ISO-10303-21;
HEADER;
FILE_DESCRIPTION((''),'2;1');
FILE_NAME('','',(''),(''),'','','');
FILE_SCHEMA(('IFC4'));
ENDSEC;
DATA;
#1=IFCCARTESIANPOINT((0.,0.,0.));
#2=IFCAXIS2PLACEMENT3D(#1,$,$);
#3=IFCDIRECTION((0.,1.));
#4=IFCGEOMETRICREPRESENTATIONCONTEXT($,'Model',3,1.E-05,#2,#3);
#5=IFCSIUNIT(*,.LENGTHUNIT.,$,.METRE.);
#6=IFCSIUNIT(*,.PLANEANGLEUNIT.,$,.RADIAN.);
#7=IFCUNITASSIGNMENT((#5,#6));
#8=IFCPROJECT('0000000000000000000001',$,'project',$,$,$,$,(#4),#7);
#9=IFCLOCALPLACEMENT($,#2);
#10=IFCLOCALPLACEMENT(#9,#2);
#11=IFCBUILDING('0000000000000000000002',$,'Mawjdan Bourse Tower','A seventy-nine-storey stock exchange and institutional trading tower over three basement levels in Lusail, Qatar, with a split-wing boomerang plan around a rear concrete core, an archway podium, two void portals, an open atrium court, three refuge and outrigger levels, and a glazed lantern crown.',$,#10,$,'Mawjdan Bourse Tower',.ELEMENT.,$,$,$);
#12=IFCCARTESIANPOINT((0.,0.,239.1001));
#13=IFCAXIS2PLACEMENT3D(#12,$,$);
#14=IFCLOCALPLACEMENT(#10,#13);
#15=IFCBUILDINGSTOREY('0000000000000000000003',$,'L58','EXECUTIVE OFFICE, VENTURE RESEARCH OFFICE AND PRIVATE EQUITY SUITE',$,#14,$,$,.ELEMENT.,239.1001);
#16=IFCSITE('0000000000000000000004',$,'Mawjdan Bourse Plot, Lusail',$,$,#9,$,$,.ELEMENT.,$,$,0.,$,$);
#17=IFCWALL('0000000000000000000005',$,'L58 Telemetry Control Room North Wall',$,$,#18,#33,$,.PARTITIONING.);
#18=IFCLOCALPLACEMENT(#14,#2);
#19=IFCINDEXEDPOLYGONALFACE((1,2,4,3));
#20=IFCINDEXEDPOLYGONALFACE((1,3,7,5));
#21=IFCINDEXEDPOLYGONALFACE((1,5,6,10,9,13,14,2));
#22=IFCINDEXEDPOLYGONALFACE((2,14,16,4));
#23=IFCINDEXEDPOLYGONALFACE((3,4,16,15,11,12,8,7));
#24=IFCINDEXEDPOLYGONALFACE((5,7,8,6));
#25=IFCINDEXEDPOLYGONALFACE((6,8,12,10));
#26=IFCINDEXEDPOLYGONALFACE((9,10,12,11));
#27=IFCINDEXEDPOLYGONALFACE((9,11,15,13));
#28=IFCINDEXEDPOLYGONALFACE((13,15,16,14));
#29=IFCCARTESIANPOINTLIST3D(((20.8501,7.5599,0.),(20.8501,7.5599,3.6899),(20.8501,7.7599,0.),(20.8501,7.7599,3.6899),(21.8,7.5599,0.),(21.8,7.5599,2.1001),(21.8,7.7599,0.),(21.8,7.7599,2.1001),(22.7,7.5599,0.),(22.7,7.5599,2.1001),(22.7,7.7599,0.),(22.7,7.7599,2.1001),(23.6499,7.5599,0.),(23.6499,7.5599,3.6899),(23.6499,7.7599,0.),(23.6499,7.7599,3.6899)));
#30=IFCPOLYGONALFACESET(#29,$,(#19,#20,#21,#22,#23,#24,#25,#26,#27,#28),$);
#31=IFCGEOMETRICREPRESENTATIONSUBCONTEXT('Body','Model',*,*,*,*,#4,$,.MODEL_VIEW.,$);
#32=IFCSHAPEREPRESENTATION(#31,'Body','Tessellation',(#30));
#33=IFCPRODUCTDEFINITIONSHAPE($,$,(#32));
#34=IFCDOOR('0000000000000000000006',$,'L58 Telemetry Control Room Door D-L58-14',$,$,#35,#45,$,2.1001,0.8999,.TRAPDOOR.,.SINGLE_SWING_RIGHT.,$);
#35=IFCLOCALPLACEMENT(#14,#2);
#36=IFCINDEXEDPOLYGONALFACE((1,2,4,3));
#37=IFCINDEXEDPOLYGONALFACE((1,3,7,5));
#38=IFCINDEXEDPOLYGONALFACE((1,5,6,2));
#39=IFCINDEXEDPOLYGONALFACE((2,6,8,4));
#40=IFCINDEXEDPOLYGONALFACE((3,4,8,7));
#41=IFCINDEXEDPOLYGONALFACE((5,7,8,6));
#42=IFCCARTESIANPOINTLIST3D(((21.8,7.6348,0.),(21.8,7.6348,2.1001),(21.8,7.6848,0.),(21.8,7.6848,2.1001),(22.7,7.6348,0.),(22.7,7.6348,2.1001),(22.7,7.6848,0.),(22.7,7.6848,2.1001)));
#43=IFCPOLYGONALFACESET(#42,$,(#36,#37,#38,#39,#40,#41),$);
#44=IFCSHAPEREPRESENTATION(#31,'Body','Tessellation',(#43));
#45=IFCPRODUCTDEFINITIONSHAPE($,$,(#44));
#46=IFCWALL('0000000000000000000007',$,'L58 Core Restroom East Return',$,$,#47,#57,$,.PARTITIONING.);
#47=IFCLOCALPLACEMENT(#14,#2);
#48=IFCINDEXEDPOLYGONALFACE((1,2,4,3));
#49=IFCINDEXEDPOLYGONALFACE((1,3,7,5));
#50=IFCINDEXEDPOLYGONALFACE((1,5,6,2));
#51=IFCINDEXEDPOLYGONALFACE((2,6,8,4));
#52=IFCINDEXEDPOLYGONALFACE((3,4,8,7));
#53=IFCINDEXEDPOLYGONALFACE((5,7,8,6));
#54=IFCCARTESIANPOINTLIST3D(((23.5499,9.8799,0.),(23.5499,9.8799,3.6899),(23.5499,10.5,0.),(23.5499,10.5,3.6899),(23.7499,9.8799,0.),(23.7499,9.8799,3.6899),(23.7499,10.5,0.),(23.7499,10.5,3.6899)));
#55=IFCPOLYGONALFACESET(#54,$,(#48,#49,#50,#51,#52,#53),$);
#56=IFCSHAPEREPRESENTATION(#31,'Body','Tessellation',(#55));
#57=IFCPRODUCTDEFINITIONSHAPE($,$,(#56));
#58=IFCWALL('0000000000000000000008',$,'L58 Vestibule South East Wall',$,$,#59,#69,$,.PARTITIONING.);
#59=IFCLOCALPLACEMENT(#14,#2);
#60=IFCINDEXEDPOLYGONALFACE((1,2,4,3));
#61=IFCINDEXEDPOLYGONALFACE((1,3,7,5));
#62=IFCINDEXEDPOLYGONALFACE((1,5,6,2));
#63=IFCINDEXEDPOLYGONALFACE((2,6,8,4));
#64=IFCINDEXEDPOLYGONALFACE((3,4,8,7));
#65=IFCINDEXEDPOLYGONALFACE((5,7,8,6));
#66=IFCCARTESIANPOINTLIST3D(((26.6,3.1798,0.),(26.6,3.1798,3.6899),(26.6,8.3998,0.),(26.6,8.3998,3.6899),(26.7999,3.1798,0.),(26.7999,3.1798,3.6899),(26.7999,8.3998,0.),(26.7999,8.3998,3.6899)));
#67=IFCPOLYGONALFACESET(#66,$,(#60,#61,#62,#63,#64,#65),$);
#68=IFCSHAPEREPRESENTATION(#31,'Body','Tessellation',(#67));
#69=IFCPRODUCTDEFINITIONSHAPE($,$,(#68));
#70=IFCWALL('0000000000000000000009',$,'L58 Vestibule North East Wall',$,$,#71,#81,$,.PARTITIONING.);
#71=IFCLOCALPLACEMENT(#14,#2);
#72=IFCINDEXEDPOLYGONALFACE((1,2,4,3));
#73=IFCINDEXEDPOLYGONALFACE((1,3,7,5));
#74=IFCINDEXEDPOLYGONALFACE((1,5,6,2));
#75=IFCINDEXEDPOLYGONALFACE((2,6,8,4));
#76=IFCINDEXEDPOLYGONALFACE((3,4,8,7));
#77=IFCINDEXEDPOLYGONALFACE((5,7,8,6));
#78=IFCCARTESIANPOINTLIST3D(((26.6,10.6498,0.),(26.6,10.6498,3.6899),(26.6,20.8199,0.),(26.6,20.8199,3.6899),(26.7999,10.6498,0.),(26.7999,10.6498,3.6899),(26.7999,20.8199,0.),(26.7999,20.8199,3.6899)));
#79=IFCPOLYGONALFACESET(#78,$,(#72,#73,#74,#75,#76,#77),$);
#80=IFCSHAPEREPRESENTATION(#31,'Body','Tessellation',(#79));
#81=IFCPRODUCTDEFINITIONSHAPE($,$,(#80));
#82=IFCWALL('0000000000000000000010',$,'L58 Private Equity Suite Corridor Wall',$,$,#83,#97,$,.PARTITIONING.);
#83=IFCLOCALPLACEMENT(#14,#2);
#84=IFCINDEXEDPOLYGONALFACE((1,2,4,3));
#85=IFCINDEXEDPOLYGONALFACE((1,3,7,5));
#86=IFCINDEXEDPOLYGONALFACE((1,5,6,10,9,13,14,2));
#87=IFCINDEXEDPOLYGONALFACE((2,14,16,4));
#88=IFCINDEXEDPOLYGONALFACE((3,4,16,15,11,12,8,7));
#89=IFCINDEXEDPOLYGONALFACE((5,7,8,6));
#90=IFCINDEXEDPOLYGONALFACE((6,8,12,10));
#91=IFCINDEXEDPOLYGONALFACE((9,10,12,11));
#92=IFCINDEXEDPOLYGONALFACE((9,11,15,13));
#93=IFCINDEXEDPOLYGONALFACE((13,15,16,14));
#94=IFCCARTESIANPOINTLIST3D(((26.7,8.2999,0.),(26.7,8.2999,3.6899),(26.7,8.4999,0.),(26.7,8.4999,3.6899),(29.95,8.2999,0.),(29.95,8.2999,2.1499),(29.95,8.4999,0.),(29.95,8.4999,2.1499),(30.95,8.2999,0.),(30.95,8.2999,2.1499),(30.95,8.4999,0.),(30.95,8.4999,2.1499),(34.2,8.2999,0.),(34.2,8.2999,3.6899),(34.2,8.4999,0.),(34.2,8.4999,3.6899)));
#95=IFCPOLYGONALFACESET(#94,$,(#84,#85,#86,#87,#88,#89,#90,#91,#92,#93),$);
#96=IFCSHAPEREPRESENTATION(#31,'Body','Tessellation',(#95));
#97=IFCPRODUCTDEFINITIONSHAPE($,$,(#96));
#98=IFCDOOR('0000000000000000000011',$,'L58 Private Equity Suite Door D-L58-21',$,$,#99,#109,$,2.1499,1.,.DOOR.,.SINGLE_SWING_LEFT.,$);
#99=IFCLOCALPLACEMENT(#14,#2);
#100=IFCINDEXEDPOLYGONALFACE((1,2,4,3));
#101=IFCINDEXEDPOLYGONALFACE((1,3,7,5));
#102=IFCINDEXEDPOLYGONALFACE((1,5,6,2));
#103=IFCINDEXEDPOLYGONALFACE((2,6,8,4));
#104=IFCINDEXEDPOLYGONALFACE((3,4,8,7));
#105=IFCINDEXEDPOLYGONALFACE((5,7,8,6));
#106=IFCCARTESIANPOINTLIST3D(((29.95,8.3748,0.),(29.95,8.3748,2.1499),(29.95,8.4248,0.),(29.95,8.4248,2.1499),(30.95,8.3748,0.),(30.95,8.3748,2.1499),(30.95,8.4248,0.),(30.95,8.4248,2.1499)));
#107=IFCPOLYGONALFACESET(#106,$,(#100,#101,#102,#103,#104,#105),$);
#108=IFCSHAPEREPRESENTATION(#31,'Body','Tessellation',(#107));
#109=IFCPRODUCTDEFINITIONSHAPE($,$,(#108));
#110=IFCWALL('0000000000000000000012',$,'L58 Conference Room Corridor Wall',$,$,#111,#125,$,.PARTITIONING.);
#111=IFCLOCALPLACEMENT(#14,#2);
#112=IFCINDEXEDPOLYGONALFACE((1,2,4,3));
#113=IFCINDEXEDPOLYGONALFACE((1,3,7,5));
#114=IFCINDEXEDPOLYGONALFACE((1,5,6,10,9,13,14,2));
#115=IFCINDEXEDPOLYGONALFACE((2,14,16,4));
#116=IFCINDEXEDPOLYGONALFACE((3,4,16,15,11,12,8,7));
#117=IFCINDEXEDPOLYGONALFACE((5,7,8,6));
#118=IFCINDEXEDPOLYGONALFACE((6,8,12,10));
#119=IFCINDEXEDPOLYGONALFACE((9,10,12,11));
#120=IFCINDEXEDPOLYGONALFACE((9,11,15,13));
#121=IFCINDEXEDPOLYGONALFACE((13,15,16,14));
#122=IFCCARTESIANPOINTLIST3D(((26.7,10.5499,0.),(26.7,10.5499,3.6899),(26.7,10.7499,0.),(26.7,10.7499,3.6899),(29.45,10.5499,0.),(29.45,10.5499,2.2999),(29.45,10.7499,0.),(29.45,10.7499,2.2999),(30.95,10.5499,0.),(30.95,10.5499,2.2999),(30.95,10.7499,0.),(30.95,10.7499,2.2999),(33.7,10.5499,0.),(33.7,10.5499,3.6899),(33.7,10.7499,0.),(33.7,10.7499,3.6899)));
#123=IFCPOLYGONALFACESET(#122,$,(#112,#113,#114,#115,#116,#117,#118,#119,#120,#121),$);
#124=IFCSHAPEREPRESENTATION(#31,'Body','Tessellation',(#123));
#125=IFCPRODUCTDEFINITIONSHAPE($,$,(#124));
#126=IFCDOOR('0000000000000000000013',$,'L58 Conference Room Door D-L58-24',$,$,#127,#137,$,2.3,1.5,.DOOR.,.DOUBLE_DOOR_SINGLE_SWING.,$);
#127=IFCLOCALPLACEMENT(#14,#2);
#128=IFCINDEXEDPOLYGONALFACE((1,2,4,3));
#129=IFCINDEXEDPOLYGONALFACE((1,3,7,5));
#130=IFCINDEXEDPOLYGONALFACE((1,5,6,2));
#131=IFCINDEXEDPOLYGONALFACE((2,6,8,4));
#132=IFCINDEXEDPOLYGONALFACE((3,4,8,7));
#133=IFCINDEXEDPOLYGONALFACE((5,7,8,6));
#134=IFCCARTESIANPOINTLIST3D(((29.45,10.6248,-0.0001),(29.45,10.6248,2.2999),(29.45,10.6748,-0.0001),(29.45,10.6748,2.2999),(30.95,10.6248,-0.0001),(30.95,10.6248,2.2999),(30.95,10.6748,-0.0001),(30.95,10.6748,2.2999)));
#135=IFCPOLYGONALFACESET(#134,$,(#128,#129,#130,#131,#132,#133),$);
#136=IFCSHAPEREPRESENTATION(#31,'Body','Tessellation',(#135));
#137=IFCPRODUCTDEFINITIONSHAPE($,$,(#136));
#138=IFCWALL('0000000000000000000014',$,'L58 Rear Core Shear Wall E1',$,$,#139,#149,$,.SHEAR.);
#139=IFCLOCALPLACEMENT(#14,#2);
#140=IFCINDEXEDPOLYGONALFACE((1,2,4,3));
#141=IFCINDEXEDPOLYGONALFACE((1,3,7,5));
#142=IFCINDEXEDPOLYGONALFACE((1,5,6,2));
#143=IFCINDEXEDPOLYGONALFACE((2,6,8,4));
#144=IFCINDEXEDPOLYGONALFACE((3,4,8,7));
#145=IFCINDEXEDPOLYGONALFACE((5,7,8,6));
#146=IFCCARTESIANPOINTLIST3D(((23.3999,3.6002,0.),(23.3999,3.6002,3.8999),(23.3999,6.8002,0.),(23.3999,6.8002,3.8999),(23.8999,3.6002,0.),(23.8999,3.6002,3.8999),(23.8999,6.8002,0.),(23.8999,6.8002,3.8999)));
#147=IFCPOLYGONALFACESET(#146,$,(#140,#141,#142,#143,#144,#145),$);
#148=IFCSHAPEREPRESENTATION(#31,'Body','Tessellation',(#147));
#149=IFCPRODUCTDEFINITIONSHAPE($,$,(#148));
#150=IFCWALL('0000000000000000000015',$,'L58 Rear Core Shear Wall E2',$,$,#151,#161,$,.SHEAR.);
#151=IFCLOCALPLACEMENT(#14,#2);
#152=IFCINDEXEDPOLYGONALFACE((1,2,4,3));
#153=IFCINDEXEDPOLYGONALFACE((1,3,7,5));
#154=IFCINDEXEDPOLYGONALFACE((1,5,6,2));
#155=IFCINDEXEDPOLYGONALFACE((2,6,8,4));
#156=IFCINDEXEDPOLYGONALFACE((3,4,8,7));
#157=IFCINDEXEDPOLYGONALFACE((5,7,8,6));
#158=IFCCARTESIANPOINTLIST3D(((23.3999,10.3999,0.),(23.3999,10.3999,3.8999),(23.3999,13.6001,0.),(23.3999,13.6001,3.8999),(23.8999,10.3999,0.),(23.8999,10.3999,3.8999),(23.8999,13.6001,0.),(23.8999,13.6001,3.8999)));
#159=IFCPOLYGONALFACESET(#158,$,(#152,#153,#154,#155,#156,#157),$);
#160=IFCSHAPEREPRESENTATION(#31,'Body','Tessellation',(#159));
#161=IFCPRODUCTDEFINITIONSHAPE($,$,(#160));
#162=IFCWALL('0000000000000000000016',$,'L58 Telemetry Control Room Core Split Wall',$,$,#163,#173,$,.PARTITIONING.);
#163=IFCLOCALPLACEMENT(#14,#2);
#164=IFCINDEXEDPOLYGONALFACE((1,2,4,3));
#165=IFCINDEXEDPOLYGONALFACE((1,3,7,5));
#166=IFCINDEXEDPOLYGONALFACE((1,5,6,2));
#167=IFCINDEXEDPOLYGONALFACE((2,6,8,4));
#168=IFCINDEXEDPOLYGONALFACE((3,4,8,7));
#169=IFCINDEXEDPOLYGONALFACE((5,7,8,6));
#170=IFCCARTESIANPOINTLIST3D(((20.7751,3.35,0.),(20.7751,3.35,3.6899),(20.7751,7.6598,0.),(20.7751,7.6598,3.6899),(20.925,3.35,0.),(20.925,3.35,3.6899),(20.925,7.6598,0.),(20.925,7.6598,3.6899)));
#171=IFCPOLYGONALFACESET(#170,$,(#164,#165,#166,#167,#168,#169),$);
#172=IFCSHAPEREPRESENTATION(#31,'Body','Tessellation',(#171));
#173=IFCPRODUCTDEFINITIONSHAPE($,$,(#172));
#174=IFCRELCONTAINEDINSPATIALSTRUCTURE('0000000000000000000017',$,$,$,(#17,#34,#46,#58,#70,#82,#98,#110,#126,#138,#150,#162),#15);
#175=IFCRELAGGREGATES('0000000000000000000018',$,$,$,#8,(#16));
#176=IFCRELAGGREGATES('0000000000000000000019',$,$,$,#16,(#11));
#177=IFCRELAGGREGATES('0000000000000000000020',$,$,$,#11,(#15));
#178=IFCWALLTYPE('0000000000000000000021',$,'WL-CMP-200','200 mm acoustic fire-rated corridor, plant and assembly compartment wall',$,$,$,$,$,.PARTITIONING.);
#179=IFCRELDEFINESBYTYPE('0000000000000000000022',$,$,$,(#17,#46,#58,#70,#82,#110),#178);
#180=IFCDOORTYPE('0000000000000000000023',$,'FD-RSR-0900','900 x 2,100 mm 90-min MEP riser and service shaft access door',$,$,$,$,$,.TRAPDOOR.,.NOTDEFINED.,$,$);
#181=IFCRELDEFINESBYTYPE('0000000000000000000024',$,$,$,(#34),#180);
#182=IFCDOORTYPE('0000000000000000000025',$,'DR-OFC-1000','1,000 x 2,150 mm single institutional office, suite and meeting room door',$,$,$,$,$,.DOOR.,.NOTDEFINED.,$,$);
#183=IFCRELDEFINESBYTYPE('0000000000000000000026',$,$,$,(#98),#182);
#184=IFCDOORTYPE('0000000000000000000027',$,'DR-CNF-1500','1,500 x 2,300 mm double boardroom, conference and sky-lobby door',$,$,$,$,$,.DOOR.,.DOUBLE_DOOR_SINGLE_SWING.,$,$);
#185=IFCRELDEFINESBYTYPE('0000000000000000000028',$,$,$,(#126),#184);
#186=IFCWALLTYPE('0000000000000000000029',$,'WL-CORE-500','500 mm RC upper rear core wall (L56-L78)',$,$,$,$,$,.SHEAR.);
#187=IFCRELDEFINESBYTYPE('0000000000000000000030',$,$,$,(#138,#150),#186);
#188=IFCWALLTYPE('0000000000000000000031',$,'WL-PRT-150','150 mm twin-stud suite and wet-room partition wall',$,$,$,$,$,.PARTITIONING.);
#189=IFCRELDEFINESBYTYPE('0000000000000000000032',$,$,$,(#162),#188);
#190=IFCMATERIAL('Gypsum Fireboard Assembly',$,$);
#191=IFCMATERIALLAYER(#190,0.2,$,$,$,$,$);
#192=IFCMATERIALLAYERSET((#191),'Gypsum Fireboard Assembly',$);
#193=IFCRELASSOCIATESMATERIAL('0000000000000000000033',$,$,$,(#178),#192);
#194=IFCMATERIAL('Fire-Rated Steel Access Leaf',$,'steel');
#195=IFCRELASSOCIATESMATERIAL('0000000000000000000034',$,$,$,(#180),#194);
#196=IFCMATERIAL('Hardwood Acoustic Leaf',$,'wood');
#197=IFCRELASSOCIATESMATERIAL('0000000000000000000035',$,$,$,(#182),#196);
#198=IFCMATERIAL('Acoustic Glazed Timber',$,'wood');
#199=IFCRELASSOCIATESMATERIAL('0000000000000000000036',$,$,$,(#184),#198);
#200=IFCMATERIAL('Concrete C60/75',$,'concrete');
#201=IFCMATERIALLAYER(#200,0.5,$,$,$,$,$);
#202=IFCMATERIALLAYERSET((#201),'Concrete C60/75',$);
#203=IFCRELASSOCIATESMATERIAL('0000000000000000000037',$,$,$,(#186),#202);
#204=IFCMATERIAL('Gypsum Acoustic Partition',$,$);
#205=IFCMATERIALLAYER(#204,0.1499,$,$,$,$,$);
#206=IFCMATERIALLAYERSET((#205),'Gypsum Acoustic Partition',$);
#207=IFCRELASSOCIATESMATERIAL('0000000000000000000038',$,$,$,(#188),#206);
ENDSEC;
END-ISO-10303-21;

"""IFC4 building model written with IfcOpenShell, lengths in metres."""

from ifc_helpers import new_model, si_unit, direction, frame, frame_2d, origin, place, context, subcontext, project, spatial, rectangle, extrude, material, layer, layer_set, type_object, element, fill, save


model = new_model("IFC4")

# Units and contexts
model_context = context("Model", 3, precision=1e-05, world=origin(), true_north=direction((0.0, 1.0)))
body_context = subcontext(model_context, "Body", "Model", "MODEL_VIEW")
ifc_project = project(units=[si_unit("LENGTHUNIT", "METRE"), si_unit("PLANEANGLEUNIT", "RADIAN")], contexts=[model_context])

# Site, building, storey
site_placement = place(None, origin())
site = spatial("IfcSite", under=ifc_project, at=site_placement, Name="Mawjdan Bourse Plot, Lusail", CompositionType="ELEMENT", RefElevation=0.0)
building_placement = place(site_placement, origin())
building = spatial("IfcBuilding", under=site, at=building_placement, Name="Mawjdan Bourse Tower", Description="A seventy-nine-storey stock exchange and institutional trading tower over three basement levels in Lusail, Qatar, with a split-wing boomerang plan around a rear concrete core, an archway podium, two void portals, an open atrium court, three refuge and outrigger levels, and a glazed lantern crown.", LongName="Mawjdan Bourse Tower", CompositionType="ELEMENT")
storey_placement = place(building_placement, frame((0.0, 0.0, 239.1001)))
storey = spatial("IfcBuildingStorey", under=building, at=storey_placement, Name="L58", Description="EXECUTIVE OFFICE, VENTURE RESEARCH OFFICE AND PRIVATE EQUITY SUITE", CompositionType="ELEMENT", Elevation=239.1001)

# Shared definitions
ifc_material_1 = material(Name="Concrete C60/75", Category="concrete")

# Wall, opening, door
ifc_material_2 = material(Name="Gypsum Fireboard Assembly")
ifc_layer_1 = layer(ifc_material_2, 0.2)
ifc_layer_set_1 = layer_set([ifc_layer_1], Name="Gypsum Fireboard Assembly")
wall_type_1 = type_object("IfcWallType", Name="WL-CMP-200", Description="200 mm acoustic fire-rated corridor, plant and assembly compartment wall", PredefinedType="PARTITIONING", material=ifc_layer_set_1)
wall_1_placement = place(storey_placement, frame((20.8501, 7.6599, 0.0), z_axis=(0.0, 0.0, 1.0), x_axis=(1.0, 0.0, 0.0)))
wall_1 = element("IfcWall", 1, at=wall_1_placement, inside=storey, type_object=wall_type_1, Name="L58 Telemetry Control Room North Wall", PredefinedType="PARTITIONING", context=body_context, shape_type="SweptSolid", body=[
    extrude(rectangle(XDim=2.7998, YDim=0.2, at=frame_2d((1.3999, 0.0))), origin(), (0.0, 0.0, 1.0), 3.6899),
])
opening_1_placement = place(wall_1_placement, frame((0.95, 0.0, 0.0)))
opening_1 = element("IfcOpeningElement", 2, at=opening_1_placement, cuts=wall_1, PredefinedType="OPENING", context=body_context, shape_type="SweptSolid", body=[
    extrude(rectangle(XDim=0.8999, YDim=2.1001, at=frame_2d((0.45, 1.05))), frame((0.0, 0.1099, 0.0), z_axis=(0.0, -1.0, 0.0), x_axis=(1.0, 0.0, 0.0)), (0.0, 0.0, 1.0), 0.22),
])
ifc_material_3 = material(Name="Fire-Rated Steel Access Leaf", Category="steel")
door_type_1 = type_object("IfcDoorType", Name="FD-RSR-0900", Description="900 x 2,100 mm 90-min MEP riser and service shaft access door", OperationType="NOTDEFINED", PredefinedType="TRAPDOOR", material=ifc_material_3)
door_1_placement = place(opening_1_placement, origin())
door_1 = element("IfcDoor", 3, at=door_1_placement, inside=storey, type_object=door_type_1, Name="L58 Telemetry Control Room Door D-L58-14", OperationType="SINGLE_SWING_RIGHT", OverallHeight=2.1001, OverallWidth=0.8999, PredefinedType="TRAPDOOR", context=body_context, shape_type="SweptSolid", body=[
    extrude(rectangle(XDim=0.8999, YDim=2.1001, at=frame_2d((0.45, 1.05))), frame((0.0, 0.0249, 0.0), z_axis=(0.0, -1.0, 0.0), x_axis=(1.0, 0.0, 0.0)), (0.0, 0.0, 1.0), 0.05),
])
fill(opening_1, door_1)

# Wall
wall_2_placement = place(storey_placement, frame((23.6499, 9.8799, 0.0), z_axis=(0.0, 0.0, 1.0), x_axis=(0.0, 1.0, 0.0)))
element("IfcWall", 4, at=wall_2_placement, inside=storey, type_object=wall_type_1, Name="L58 Core Restroom East Return", PredefinedType="PARTITIONING", context=body_context, shape_type="SweptSolid", body=[
    extrude(rectangle(XDim=0.6201, YDim=0.2, at=frame_2d((0.3101, 0.0))), origin(), (0.0, 0.0, 1.0), 3.6899),
])

# Shared definitions
ifc_material_4 = material(Name="Hardwood Acoustic Leaf", Category="wood")
door_type_2 = type_object("IfcDoorType", Name="DR-OFC-1000", Description="1,000 x 2,150 mm single institutional office, suite and meeting room door", OperationType="NOTDEFINED", PredefinedType="DOOR", material=ifc_material_4)

# Walls
wall_3_placement = place(storey_placement, frame((26.7, 3.1799, 0.0), z_axis=(0.0, 0.0, 1.0), x_axis=(0.0, 1.0, 0.0)))
element("IfcWall", 5, at=wall_3_placement, inside=storey, type_object=wall_type_1, Name="L58 Vestibule South East Wall", PredefinedType="PARTITIONING", context=body_context, shape_type="SweptSolid", body=[
    extrude(rectangle(XDim=5.22, YDim=0.2, at=frame_2d((2.6099, 0.0))), origin(), (0.0, 0.0, 1.0), 3.6899),
])
wall_4_placement = place(storey_placement, frame((26.7, 10.6499, 0.0), z_axis=(0.0, 0.0, 1.0), x_axis=(0.0, 1.0, 0.0)))
element("IfcWall", 6, at=wall_4_placement, inside=storey, type_object=wall_type_1, Name="L58 Vestibule North East Wall", PredefinedType="PARTITIONING", context=body_context, shape_type="SweptSolid", body=[
    extrude(rectangle(XDim=10.1702, YDim=0.2, at=frame_2d((5.085, 0.0))), origin(), (0.0, 0.0, 1.0), 3.6899),
])

# Walls, openings, doors
wall_5_placement = place(storey_placement, frame((26.7, 8.3999, 0.0), z_axis=(0.0, 0.0, 1.0), x_axis=(1.0, 0.0, 0.0)))
wall_5 = element("IfcWall", 7, at=wall_5_placement, inside=storey, type_object=wall_type_1, Name="L58 Private Equity Suite Corridor Wall", PredefinedType="PARTITIONING", context=body_context, shape_type="SweptSolid", body=[
    extrude(rectangle(XDim=7.5, YDim=0.2, at=frame_2d((3.75, 0.0))), origin(), (0.0, 0.0, 1.0), 3.6899),
])
opening_2_placement = place(wall_5_placement, frame((3.25, 0.0, 0.0)))
opening_2 = element("IfcOpeningElement", 8, at=opening_2_placement, cuts=wall_5, PredefinedType="OPENING", context=body_context, shape_type="SweptSolid", body=[
    extrude(rectangle(XDim=1.0, YDim=2.1499, at=frame_2d((0.5, 1.075))), frame((0.0, 0.1099, 0.0), z_axis=(0.0, -1.0, 0.0), x_axis=(1.0, 0.0, 0.0)), (0.0, 0.0, 1.0), 0.22),
])
door_2_placement = place(opening_2_placement, origin())
door_2 = element("IfcDoor", 9, at=door_2_placement, inside=storey, type_object=door_type_2, Name="L58 Private Equity Suite Door D-L58-21", OperationType="SINGLE_SWING_LEFT", OverallHeight=2.1499, OverallWidth=1.0, PredefinedType="DOOR", context=body_context, shape_type="SweptSolid", body=[
    extrude(rectangle(XDim=1.0, YDim=2.1499, at=frame_2d((0.5, 1.075))), frame((0.0, 0.0249, 0.0), z_axis=(0.0, -1.0, 0.0), x_axis=(1.0, 0.0, 0.0)), (0.0, 0.0, 1.0), 0.05),
])
fill(opening_2, door_2)
wall_6_placement = place(storey_placement, frame((26.7, 10.6499, 0.0), z_axis=(0.0, 0.0, 1.0), x_axis=(1.0, 0.0, 0.0)))
wall_6 = element("IfcWall", 10, at=wall_6_placement, inside=storey, type_object=wall_type_1, Name="L58 Conference Room Corridor Wall", PredefinedType="PARTITIONING", context=body_context, shape_type="SweptSolid", body=[
    extrude(rectangle(XDim=7.0, YDim=0.2, at=frame_2d((3.5, 0.0))), origin(), (0.0, 0.0, 1.0), 3.6899),
])
opening_3_placement = place(wall_6_placement, frame((2.75, 0.0, 0.0)))
opening_3 = element("IfcOpeningElement", 11, at=opening_3_placement, cuts=wall_6, PredefinedType="OPENING", context=body_context, shape_type="SweptSolid", body=[
    extrude(rectangle(XDim=1.5, YDim=2.3, at=frame_2d((0.75, 1.1499))), frame((0.0, 0.1099, 0.0), z_axis=(0.0, -1.0, 0.0), x_axis=(1.0, 0.0, 0.0)), (0.0, 0.0, 1.0), 0.22),
])
ifc_material_5 = material(Name="Acoustic Glazed Timber", Category="wood")
door_type_3 = type_object("IfcDoorType", Name="DR-CNF-1500", Description="1,500 x 2,300 mm double boardroom, conference and sky-lobby door", OperationType="DOUBLE_DOOR_SINGLE_SWING", PredefinedType="DOOR", material=ifc_material_5)
door_3_placement = place(opening_3_placement, origin())
door_3 = element("IfcDoor", 12, at=door_3_placement, inside=storey, type_object=door_type_3, Name="L58 Conference Room Door D-L58-24", OperationType="DOUBLE_DOOR_SINGLE_SWING", OverallHeight=2.3, OverallWidth=1.5, PredefinedType="DOOR", context=body_context, shape_type="SweptSolid", body=[
    extrude(rectangle(XDim=1.5, YDim=2.3, at=frame_2d((0.75, 1.1499))), frame((0.0, 0.0249, 0.0), z_axis=(0.0, -1.0, 0.0), x_axis=(1.0, 0.0, 0.0)), (0.0, 0.0, 1.0), 0.05),
])
fill(opening_3, door_3)

# Walls
ifc_layer_2 = layer(ifc_material_1, 0.5)
ifc_layer_set_2 = layer_set([ifc_layer_2], Name="Concrete C60/75")
wall_type_2 = type_object("IfcWallType", Name="WL-CORE-500", Description="500 mm RC upper rear core wall (L56-L78)", PredefinedType="SHEAR", material=ifc_layer_set_2)
wall_7_placement = place(storey_placement, frame((23.6499, 3.6001, 0.0), z_axis=(0.0, 0.0, 1.0), x_axis=(0.0, 1.0, 0.0)))
element("IfcWall", 13, at=wall_7_placement, inside=storey, type_object=wall_type_2, Name="L58 Rear Core Shear Wall E1", PredefinedType="SHEAR", context=body_context, shape_type="SweptSolid", body=[
    extrude(rectangle(XDim=3.2, YDim=0.5, at=frame_2d((1.6001, 0.0))), origin(), (0.0, 0.0, 1.0), 3.8999),
])
wall_8_placement = place(storey_placement, frame((23.6499, 10.3999, 0.0), z_axis=(0.0, 0.0, 1.0), x_axis=(0.0, 1.0, 0.0)))
element("IfcWall", 14, at=wall_8_placement, inside=storey, type_object=wall_type_2, Name="L58 Rear Core Shear Wall E2", PredefinedType="SHEAR", context=body_context, shape_type="SweptSolid", body=[
    extrude(rectangle(XDim=3.2002, YDim=0.5, at=frame_2d((1.6001, 0.0))), origin(), (0.0, 0.0, 1.0), 3.8999),
])
ifc_material_6 = material(Name="Gypsum Acoustic Partition")
ifc_layer_3 = layer(ifc_material_6, 0.1499)
ifc_layer_set_3 = layer_set([ifc_layer_3], Name="Gypsum Acoustic Partition")
wall_type_3 = type_object("IfcWallType", Name="WL-PRT-150", Description="150 mm twin-stud suite and wet-room partition wall", PredefinedType="PARTITIONING", material=ifc_layer_set_3)
wall_9_placement = place(storey_placement, frame((20.8501, 3.3501, 0.0), z_axis=(0.0, 0.0, 1.0), x_axis=(0.0, 1.0, 0.0)))
element("IfcWall", 15, at=wall_9_placement, inside=storey, type_object=wall_type_3, Name="L58 Telemetry Control Room Core Split Wall", PredefinedType="PARTITIONING", context=body_context, shape_type="SweptSolid", body=[
    extrude(rectangle(XDim=4.3098, YDim=0.1499, at=frame_2d((2.1548, 0.0))), origin(), (0.0, 0.0, 1.0), 3.6899),
])

save(model, "model.ifc")
